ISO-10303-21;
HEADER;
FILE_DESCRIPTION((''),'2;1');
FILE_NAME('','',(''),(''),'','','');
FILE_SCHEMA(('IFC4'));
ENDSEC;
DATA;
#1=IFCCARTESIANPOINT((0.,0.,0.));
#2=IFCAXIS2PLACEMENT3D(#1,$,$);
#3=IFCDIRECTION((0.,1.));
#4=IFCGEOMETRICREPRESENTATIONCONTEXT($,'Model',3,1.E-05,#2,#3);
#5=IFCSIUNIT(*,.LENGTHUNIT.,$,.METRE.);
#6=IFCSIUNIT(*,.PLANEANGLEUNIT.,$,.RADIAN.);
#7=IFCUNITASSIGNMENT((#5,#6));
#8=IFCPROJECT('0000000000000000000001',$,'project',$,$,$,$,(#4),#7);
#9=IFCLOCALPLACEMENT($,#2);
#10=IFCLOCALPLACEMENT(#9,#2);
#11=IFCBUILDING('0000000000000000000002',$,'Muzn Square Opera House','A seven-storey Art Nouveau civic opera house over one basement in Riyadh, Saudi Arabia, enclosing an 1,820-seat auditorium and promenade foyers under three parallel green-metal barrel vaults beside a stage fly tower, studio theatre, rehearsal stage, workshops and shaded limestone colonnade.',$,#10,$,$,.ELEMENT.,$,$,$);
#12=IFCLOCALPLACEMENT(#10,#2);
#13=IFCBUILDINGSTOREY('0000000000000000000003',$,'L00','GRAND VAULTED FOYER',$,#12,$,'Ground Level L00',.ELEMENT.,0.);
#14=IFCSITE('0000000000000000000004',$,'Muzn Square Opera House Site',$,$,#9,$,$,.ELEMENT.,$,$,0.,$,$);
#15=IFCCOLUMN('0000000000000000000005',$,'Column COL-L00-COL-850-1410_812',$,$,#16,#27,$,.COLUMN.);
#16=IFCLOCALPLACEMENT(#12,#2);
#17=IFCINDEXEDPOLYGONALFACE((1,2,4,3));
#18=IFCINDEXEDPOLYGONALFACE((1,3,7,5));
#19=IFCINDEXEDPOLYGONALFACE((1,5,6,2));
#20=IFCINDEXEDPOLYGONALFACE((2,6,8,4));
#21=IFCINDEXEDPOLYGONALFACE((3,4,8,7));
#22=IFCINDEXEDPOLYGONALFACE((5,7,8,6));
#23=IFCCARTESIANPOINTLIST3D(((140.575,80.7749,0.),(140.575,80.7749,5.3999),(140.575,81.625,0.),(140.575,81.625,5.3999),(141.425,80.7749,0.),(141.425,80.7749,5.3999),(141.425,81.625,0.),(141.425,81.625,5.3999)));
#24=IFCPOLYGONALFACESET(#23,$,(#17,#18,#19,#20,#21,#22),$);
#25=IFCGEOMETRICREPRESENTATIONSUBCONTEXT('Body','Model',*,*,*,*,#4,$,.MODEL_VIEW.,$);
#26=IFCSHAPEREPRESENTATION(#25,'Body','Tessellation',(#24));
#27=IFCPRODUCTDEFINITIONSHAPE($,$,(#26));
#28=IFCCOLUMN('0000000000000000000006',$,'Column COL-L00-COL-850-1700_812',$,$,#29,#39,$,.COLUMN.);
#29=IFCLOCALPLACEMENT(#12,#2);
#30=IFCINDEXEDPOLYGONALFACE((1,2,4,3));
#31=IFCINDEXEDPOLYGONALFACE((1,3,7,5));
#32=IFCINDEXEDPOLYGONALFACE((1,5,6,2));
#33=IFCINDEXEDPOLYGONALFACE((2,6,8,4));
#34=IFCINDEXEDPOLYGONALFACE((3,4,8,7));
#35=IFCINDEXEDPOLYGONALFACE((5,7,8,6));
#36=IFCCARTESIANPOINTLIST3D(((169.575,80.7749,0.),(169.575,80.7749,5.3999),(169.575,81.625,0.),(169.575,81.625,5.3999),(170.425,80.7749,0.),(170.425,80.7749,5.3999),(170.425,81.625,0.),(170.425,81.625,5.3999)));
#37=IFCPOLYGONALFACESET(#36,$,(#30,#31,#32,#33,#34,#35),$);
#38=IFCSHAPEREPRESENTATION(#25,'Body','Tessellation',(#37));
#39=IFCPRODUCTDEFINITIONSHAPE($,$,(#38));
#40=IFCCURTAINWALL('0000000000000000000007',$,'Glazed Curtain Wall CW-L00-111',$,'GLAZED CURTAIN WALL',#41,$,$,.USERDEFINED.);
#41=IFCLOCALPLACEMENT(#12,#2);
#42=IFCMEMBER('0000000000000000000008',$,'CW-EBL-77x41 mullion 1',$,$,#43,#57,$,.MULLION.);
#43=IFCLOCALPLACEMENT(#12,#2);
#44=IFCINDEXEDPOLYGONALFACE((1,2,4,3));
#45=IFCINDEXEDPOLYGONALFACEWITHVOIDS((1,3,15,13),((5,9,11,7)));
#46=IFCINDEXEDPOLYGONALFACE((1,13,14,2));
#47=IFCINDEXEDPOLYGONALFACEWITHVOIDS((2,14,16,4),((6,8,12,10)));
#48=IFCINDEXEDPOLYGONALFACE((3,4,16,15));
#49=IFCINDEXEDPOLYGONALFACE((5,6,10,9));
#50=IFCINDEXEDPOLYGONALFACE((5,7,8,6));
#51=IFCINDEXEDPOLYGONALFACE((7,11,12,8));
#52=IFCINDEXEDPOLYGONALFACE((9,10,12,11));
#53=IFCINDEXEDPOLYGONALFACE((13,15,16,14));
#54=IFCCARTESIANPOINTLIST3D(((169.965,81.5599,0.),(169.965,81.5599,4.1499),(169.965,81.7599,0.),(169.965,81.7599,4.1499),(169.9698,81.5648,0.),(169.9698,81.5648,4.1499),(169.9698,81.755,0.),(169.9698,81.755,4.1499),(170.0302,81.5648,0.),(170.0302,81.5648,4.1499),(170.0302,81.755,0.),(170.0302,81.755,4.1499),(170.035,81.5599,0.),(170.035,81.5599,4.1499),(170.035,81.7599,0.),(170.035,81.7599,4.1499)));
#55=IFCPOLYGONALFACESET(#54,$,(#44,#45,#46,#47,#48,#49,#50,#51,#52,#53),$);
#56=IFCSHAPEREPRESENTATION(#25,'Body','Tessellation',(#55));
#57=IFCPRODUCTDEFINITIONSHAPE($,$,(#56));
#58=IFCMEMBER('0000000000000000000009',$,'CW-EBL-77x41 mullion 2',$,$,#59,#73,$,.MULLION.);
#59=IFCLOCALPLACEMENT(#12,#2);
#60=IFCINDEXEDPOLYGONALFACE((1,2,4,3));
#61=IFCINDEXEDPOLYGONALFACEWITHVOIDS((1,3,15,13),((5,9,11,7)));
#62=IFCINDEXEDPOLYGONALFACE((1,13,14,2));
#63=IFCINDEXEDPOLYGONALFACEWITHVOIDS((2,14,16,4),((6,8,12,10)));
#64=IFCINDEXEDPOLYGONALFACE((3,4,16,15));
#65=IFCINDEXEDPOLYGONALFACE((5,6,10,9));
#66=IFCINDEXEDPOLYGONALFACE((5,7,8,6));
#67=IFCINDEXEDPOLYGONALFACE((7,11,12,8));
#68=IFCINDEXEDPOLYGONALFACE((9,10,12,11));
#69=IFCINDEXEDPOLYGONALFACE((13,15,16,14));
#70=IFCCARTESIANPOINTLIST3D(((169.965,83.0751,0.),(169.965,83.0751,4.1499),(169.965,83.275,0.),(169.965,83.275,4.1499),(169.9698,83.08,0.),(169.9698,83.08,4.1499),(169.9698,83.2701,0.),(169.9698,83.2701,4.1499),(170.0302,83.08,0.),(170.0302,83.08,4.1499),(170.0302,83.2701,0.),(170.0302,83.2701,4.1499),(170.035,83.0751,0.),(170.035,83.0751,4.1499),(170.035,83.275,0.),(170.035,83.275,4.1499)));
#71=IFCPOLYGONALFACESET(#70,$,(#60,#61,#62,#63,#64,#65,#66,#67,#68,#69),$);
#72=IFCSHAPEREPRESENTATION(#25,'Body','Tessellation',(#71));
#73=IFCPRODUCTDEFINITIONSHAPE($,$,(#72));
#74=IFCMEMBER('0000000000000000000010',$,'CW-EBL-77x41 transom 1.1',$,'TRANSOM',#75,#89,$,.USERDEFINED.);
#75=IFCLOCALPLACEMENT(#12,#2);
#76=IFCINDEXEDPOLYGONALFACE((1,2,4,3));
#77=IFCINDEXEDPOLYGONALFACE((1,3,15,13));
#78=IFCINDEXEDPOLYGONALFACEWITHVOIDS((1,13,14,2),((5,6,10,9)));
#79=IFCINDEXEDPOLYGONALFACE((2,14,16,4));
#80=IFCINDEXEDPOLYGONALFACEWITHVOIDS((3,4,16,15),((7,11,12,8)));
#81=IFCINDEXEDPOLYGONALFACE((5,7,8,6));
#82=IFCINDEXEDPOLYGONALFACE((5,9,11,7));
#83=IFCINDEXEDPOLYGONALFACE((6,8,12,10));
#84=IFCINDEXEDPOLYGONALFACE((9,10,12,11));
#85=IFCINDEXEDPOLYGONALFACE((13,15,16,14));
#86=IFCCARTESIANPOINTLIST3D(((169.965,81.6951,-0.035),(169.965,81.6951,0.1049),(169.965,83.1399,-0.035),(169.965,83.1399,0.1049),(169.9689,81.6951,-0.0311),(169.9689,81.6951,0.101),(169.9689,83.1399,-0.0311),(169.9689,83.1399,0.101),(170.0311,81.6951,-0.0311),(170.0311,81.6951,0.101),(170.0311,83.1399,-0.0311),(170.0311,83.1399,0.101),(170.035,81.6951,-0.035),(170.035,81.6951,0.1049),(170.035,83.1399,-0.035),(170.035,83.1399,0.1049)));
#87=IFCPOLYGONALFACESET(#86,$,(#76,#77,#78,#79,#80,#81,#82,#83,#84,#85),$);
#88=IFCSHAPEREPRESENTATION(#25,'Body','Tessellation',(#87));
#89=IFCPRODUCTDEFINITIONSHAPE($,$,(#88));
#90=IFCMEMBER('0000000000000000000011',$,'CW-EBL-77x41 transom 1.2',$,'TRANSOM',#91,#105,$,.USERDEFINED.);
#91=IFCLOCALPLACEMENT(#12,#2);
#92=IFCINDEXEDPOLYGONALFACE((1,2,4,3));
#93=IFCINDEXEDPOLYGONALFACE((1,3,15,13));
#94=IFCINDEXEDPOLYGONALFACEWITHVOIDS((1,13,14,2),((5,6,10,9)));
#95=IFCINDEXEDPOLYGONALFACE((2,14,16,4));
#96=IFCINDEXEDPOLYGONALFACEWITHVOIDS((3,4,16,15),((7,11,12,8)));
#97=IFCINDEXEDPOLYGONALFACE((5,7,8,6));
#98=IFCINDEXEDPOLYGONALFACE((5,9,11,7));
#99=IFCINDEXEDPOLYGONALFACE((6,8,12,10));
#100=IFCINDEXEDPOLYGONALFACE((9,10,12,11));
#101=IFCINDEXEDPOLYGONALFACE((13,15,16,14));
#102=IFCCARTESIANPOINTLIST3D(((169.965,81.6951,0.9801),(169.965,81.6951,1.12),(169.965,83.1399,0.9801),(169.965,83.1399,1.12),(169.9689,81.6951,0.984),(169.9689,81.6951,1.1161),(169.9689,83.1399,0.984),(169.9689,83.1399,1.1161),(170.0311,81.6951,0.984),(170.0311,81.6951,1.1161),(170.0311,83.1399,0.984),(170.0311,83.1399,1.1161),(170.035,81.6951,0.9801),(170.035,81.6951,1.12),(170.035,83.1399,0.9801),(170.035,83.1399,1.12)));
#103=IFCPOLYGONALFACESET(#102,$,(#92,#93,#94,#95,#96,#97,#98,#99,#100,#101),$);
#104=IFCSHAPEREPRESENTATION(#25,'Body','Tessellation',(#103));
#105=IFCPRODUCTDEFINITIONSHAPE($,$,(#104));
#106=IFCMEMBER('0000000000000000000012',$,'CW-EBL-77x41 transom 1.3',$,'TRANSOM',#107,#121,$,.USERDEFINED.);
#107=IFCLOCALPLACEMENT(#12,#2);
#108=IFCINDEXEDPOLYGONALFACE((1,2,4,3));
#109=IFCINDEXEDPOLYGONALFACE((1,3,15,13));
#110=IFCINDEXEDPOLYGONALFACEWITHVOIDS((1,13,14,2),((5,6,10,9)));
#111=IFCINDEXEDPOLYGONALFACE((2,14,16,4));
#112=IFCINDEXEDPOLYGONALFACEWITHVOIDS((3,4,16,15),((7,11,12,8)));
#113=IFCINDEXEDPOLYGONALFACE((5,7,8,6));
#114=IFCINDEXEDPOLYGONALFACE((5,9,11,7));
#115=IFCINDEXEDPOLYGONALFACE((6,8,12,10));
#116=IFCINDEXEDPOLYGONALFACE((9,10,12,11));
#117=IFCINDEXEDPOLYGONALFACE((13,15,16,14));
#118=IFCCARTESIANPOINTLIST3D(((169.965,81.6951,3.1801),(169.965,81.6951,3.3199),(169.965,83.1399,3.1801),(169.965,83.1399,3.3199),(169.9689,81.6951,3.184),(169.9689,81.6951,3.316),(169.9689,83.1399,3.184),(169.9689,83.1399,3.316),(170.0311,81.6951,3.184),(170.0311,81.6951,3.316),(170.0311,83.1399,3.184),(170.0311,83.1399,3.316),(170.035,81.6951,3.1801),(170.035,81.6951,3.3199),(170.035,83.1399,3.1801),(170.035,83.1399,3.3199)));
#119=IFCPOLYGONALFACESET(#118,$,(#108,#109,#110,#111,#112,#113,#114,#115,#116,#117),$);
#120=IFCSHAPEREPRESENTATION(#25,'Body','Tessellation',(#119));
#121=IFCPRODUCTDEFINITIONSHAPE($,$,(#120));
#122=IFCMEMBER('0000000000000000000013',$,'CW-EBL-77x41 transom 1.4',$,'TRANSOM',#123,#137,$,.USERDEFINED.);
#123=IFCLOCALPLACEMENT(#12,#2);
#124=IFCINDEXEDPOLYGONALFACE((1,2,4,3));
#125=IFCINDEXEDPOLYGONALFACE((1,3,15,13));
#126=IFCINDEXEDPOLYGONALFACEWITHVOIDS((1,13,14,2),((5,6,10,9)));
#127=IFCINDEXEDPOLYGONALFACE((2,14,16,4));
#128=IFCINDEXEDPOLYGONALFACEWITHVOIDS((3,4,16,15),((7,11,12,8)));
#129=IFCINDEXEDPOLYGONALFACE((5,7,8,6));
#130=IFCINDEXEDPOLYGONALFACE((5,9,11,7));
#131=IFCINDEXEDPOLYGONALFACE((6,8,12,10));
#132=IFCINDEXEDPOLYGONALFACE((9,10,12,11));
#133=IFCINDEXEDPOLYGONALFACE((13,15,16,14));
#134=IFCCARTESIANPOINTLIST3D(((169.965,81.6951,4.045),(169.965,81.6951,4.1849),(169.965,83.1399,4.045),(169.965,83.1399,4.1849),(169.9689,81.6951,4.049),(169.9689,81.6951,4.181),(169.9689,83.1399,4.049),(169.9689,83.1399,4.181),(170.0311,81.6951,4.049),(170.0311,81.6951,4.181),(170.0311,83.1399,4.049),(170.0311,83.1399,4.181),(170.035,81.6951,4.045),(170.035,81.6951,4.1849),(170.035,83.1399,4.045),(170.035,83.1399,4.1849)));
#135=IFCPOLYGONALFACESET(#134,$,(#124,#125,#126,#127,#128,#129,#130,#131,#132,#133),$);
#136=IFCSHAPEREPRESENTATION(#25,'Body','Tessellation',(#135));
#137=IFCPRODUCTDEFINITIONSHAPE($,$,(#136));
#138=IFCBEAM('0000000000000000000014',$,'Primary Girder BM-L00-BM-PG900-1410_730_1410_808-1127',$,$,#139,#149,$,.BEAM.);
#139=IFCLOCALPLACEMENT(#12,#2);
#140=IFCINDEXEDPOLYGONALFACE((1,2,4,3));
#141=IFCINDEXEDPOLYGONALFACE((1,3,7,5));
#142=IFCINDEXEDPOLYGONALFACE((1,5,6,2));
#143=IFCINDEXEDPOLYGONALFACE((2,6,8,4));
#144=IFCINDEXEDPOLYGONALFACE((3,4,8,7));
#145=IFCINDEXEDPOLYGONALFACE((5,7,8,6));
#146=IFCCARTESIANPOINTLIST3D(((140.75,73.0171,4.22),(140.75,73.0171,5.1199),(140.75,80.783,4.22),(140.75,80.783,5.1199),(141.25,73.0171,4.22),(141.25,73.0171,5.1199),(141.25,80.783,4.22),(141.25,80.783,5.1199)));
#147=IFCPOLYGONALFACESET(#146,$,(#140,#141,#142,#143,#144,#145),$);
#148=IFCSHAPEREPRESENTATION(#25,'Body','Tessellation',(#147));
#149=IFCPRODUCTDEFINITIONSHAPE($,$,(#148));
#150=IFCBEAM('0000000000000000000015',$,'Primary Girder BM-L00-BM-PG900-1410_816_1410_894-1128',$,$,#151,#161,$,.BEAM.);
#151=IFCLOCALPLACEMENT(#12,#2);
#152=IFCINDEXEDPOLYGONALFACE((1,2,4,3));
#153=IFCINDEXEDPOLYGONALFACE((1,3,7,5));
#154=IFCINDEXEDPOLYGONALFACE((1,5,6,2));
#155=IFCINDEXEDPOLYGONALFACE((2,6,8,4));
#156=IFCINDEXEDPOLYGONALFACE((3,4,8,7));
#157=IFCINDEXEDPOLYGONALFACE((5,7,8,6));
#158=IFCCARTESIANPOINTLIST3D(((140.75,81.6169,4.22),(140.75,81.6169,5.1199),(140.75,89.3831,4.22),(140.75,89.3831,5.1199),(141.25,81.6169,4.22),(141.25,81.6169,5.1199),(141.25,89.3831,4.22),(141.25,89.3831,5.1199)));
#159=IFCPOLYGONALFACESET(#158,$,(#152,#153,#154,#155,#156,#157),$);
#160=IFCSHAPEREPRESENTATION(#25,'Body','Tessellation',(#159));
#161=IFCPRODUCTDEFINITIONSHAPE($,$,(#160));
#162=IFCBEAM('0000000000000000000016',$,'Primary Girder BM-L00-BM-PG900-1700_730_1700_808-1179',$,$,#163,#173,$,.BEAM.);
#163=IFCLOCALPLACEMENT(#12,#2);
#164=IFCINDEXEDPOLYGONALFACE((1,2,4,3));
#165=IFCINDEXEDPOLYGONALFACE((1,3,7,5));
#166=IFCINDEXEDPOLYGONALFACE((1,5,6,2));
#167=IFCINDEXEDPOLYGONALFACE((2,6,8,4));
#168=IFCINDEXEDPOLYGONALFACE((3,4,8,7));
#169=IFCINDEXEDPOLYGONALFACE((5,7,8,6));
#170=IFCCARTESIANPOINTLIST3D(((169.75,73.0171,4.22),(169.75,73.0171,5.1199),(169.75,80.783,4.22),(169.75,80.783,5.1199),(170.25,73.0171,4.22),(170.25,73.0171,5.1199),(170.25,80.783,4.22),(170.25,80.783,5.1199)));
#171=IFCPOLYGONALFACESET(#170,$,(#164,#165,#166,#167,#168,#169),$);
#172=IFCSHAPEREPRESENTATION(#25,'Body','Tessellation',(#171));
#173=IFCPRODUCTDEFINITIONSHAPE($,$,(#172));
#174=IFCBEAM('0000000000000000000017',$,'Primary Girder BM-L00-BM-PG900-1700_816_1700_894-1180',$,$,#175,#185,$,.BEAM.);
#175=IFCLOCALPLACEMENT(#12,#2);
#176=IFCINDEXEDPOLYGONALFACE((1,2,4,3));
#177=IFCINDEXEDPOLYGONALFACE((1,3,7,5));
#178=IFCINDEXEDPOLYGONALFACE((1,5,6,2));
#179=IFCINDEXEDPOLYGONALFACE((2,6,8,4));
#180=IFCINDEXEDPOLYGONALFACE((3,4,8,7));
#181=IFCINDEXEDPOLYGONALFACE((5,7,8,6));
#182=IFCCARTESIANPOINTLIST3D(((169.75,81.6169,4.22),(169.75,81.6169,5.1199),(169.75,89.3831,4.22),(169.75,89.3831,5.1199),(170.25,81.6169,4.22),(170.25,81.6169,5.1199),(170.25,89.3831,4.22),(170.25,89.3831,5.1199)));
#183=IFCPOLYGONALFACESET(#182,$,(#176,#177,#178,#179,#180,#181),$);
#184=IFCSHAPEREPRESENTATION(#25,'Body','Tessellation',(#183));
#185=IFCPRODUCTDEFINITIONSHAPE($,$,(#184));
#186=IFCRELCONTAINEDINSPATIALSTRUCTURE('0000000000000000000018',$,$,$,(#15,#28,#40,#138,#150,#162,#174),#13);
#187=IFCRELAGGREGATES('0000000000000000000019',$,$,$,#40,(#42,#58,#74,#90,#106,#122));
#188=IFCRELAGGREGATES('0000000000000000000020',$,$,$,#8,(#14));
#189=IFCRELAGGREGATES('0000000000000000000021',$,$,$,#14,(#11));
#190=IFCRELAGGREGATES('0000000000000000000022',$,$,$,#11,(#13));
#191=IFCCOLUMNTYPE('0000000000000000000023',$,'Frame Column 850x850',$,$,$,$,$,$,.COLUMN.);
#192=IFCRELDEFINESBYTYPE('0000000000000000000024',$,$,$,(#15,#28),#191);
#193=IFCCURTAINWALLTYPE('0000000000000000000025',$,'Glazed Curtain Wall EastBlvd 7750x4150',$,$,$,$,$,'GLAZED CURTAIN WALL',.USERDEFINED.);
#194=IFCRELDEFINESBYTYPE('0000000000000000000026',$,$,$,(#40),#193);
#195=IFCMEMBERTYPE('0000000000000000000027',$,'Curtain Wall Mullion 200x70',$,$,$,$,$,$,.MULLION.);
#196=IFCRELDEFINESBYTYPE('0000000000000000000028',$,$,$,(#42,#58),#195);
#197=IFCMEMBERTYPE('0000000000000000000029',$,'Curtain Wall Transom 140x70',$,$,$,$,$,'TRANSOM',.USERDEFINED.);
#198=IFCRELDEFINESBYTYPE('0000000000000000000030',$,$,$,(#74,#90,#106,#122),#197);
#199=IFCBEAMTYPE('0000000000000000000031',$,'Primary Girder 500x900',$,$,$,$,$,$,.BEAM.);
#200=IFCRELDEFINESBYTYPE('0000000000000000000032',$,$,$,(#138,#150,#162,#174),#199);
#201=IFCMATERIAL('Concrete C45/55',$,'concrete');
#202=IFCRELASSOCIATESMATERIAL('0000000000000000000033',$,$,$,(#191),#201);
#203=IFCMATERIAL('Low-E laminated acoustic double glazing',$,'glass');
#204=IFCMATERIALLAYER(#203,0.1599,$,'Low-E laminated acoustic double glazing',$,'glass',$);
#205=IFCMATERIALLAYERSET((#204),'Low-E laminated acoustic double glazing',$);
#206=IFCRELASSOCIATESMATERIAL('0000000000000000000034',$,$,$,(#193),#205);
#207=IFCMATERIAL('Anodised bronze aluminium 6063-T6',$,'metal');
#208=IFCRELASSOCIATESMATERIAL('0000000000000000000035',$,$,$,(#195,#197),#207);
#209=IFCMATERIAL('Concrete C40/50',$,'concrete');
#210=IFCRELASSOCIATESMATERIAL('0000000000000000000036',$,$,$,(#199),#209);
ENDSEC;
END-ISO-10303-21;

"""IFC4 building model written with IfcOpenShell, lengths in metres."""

from ifc_helpers import new_model, si_unit, direction, frame, origin, origin_2d, place, context, subcontext, project, spatial, rectangle, hollow_rectangle, extrude, material, layer, layer_set, material_profile, profile_set, type_object, element, aggregate, save


model = new_model("IFC4")

# Units and contexts
model_context = context("Model", 3, precision=1e-05, world=origin(), true_north=direction((0.0, 1.0)))
body_context = subcontext(model_context, "Body", "Model", "MODEL_VIEW")
ifc_project = project(units=[si_unit("LENGTHUNIT", "METRE"), si_unit("PLANEANGLEUNIT", "RADIAN")], contexts=[model_context])

# Site, building, storey
site_placement = place(None, origin())
site = spatial("IfcSite", under=ifc_project, at=site_placement, Name="Muzn Square Opera House Site", CompositionType="ELEMENT", RefElevation=0.0)
building_placement = place(site_placement, origin())
building = spatial("IfcBuilding", under=site, at=building_placement, Name="Muzn Square Opera House", Description="A seven-storey Art Nouveau civic opera house over one basement in Riyadh, Saudi Arabia, enclosing an 1,820-seat auditorium and promenade foyers under three parallel green-metal barrel vaults beside a stage fly tower, studio theatre, rehearsal stage, workshops and shaded limestone colonnade.", CompositionType="ELEMENT")
storey_placement = place(building_placement, origin())
storey = spatial("IfcBuildingStorey", under=building, at=storey_placement, Name="L00", Description="GRAND VAULTED FOYER", LongName="Ground Level L00", CompositionType="ELEMENT", Elevation=0.0)

# Columns
ifc_material_1 = material(Name="Concrete C45/55", Category="concrete")
ifc_material_profile_1 = material_profile(ifc_material_1, rectangle(XDim=0.8501, YDim=0.8501, at=origin_2d()), Name="RC 850x850", Category="concrete")
ifc_profile_set_1 = profile_set([ifc_material_profile_1], Name="Concrete C45/55")
column_type = type_object("IfcColumnType", Name="Frame Column 850x850", PredefinedType="COLUMN", material=ifc_profile_set_1)
for number, where, z_axis, x_axis, name in (
    (1, (141.0, 81.2, 0.0), (0.0, 0.0, 1.0), (1.0, 0.0, 0.0), "Column COL-L00-COL-850-1410_812"),
    (2, (170.0, 81.2, 0.0), (0.0, 0.0, 1.0), (1.0, 0.0, 0.0), "Column COL-L00-COL-850-1700_812"),
):
    element("IfcColumn", number, at=place(storey_placement, frame(where, z_axis=z_axis, x_axis=x_axis)), inside=storey, type_object=column_type, Name=name, PredefinedType="COLUMN", context=body_context, shape_type="SweptSolid", body=[
        extrude(rectangle(XDim=0.8501, YDim=0.8501, at=origin_2d()), origin(), (0.0, 0.0, 1.0), 5.3999),
    ])

# Curtain wall, members
ifc_material_2 = material(Name="Low-E laminated acoustic double glazing", Category="glass")
ifc_layer_1 = layer(ifc_material_2, 0.1599, Name="Low-E laminated acoustic double glazing", Category="glass")
ifc_layer_set_1 = layer_set([ifc_layer_1], Name="Low-E laminated acoustic double glazing")
curtain_wall_type = type_object("IfcCurtainWallType", Name="Glazed Curtain Wall EastBlvd 7750x4150", ElementType="GLAZED CURTAIN WALL", PredefinedType="USERDEFINED", material=ifc_layer_set_1)
curtain_wall_placement = place(storey_placement, origin())
curtain_wall = element("IfcCurtainWall", 3, at=curtain_wall_placement, inside=storey, type_object=curtain_wall_type, Name="Glazed Curtain Wall CW-L00-111", ObjectType="GLAZED CURTAIN WALL", PredefinedType="USERDEFINED")
ifc_material_3 = material(Name="Anodised bronze aluminium 6063-T6", Category="metal")
ifc_material_profile_2 = material_profile(ifc_material_3, hollow_rectangle(XDim=0.0701, YDim=0.2, WallThickness=0.0049, at=origin_2d()), Name="ALU 200x70x5", Category="metal")
ifc_profile_set_2 = profile_set([ifc_material_profile_2], Name="Anodised bronze aluminium 6063-T6")
member_type_1 = type_object("IfcMemberType", Name="Curtain Wall Mullion 200x70", PredefinedType="MULLION", material=ifc_profile_set_2)
member_1_placement = place(storey_placement, frame((170.0, 81.6599, 0.0), z_axis=(0.0, 0.0, 1.0), x_axis=(-1.0, 0.0, 0.0)))
member_1 = element("IfcMember", 4, at=member_1_placement, type_object=member_type_1, Name="CW-EBL-77x41 mullion 1", PredefinedType="MULLION", context=body_context, shape_type="SweptSolid", body=[
    extrude(hollow_rectangle(XDim=0.0701, YDim=0.2, WallThickness=0.0049, at=origin_2d()), origin(), (0.0, 0.0, 1.0), 4.1499),
])
member_2_placement = place(storey_placement, frame((170.0, 83.175, 0.0), z_axis=(0.0, 0.0, 1.0), x_axis=(-1.0, 0.0, 0.0)))
member_2 = element("IfcMember", 5, at=member_2_placement, type_object=member_type_1, Name="CW-EBL-77x41 mullion 2", PredefinedType="MULLION", context=body_context, shape_type="SweptSolid", body=[
    extrude(hollow_rectangle(XDim=0.0701, YDim=0.2, WallThickness=0.0049, at=origin_2d()), origin(), (0.0, 0.0, 1.0), 4.1499),
])
ifc_material_profile_3 = material_profile(ifc_material_3, hollow_rectangle(XDim=0.0701, YDim=0.1399, WallThickness=0.0039, at=origin_2d()), Name="ALU 140x70x4", Category="metal")
ifc_profile_set_3 = profile_set([ifc_material_profile_3], Name="Anodised bronze aluminium 6063-T6")
member_type_2 = type_object("IfcMemberType", Name="Curtain Wall Transom 140x70", ElementType="TRANSOM", PredefinedType="USERDEFINED", material=ifc_profile_set_3)
member_3_placement = place(storey_placement, frame((170.0, 81.6951, 0.0349), z_axis=(0.0, 1.0, 0.0), x_axis=(-1.0, 0.0, 0.0)))
member_3 = element("IfcMember", 6, at=member_3_placement, type_object=member_type_2, Name="CW-EBL-77x41 transom 1.1", ObjectType="TRANSOM", PredefinedType="USERDEFINED", context=body_context, shape_type="SweptSolid", body=[
    extrude(hollow_rectangle(XDim=0.0701, YDim=0.1399, WallThickness=0.0039, at=origin_2d()), origin(), (0.0, 0.0, 1.0), 1.4448),
])
member_4_placement = place(storey_placement, frame((170.0, 81.6951, 1.05), z_axis=(0.0, 1.0, 0.0), x_axis=(-1.0, 0.0, 0.0)))
member_4 = element("IfcMember", 7, at=member_4_placement, type_object=member_type_2, Name="CW-EBL-77x41 transom 1.2", ObjectType="TRANSOM", PredefinedType="USERDEFINED", context=body_context, shape_type="SweptSolid", body=[
    extrude(hollow_rectangle(XDim=0.0701, YDim=0.1399, WallThickness=0.0039, at=origin_2d()), origin(), (0.0, 0.0, 1.0), 1.4448),
])
member_5_placement = place(storey_placement, frame((170.0, 81.6951, 3.25), z_axis=(0.0, 1.0, 0.0), x_axis=(-1.0, 0.0, 0.0)))
member_5 = element("IfcMember", 8, at=member_5_placement, type_object=member_type_2, Name="CW-EBL-77x41 transom 1.3", ObjectType="TRANSOM", PredefinedType="USERDEFINED", context=body_context, shape_type="SweptSolid", body=[
    extrude(hollow_rectangle(XDim=0.0701, YDim=0.1399, WallThickness=0.0039, at=origin_2d()), origin(), (0.0, 0.0, 1.0), 1.4448),
])
member_6_placement = place(storey_placement, frame((170.0, 81.6951, 4.115), z_axis=(0.0, 1.0, 0.0), x_axis=(-1.0, 0.0, 0.0)))
member_6 = element("IfcMember", 9, at=member_6_placement, type_object=member_type_2, Name="CW-EBL-77x41 transom 1.4", ObjectType="TRANSOM", PredefinedType="USERDEFINED", context=body_context, shape_type="SweptSolid", body=[
    extrude(hollow_rectangle(XDim=0.0701, YDim=0.1399, WallThickness=0.0039, at=origin_2d()), origin(), (0.0, 0.0, 1.0), 1.4448),
])

# Beams
ifc_material_4 = material(Name="Concrete C40/50", Category="concrete")
ifc_material_profile_4 = material_profile(ifc_material_4, rectangle(XDim=0.5, YDim=0.8999, at=origin_2d()), Name="RCB 500x900", Category="concrete")
ifc_profile_set_4 = profile_set([ifc_material_profile_4], Name="Concrete C40/50")
beam_type_1 = type_object("IfcBeamType", Name="Primary Girder 500x900", PredefinedType="BEAM", material=ifc_profile_set_4)
beam_1_placement = place(storey_placement, frame((141.0, 73.0171, 4.6699), z_axis=(0.0, 1.0, 0.0), x_axis=(-1.0, 0.0, 0.0)))
element("IfcBeam", 10, at=beam_1_placement, inside=storey, type_object=beam_type_1, Name="Primary Girder BM-L00-BM-PG900-1410_730_1410_808-1127", PredefinedType="BEAM", context=body_context, shape_type="SweptSolid", body=[
    extrude(rectangle(XDim=0.5, YDim=0.8999, at=origin_2d()), origin(), (0.0, 0.0, 1.0), 7.7659),
])
beam_2_placement = place(storey_placement, frame((141.0, 81.6169, 4.6699), z_axis=(0.0, 1.0, 0.0), x_axis=(-1.0, 0.0, 0.0)))
element("IfcBeam", 11, at=beam_2_placement, inside=storey, type_object=beam_type_1, Name="Primary Girder BM-L00-BM-PG900-1410_816_1410_894-1128", PredefinedType="BEAM", context=body_context, shape_type="SweptSolid", body=[
    extrude(rectangle(XDim=0.5, YDim=0.8999, at=origin_2d()), origin(), (0.0, 0.0, 1.0), 7.7661),
])
beam_3_placement = place(storey_placement, frame((170.0, 73.0171, 4.6699), z_axis=(0.0, 1.0, 0.0), x_axis=(-1.0, 0.0, 0.0)))
element("IfcBeam", 12, at=beam_3_placement, inside=storey, type_object=beam_type_1, Name="Primary Girder BM-L00-BM-PG900-1700_730_1700_808-1179", PredefinedType="BEAM", context=body_context, shape_type="SweptSolid", body=[
    extrude(rectangle(XDim=0.5, YDim=0.8999, at=origin_2d()), origin(), (0.0, 0.0, 1.0), 7.7659),
])
beam_4_placement = place(storey_placement, frame((170.0, 81.6169, 4.6699), z_axis=(0.0, 1.0, 0.0), x_axis=(-1.0, 0.0, 0.0)))
element("IfcBeam", 13, at=beam_4_placement, inside=storey, type_object=beam_type_1, Name="Primary Girder BM-L00-BM-PG900-1700_816_1700_894-1180", PredefinedType="BEAM", context=body_context, shape_type="SweptSolid", body=[
    extrude(rectangle(XDim=0.5, YDim=0.8999, at=origin_2d()), origin(), (0.0, 0.0, 1.0), 7.7661),
])

aggregate(curtain_wall, [member_1, member_2, member_3, member_4, member_5, member_6])

save(model, "model.ifc")
